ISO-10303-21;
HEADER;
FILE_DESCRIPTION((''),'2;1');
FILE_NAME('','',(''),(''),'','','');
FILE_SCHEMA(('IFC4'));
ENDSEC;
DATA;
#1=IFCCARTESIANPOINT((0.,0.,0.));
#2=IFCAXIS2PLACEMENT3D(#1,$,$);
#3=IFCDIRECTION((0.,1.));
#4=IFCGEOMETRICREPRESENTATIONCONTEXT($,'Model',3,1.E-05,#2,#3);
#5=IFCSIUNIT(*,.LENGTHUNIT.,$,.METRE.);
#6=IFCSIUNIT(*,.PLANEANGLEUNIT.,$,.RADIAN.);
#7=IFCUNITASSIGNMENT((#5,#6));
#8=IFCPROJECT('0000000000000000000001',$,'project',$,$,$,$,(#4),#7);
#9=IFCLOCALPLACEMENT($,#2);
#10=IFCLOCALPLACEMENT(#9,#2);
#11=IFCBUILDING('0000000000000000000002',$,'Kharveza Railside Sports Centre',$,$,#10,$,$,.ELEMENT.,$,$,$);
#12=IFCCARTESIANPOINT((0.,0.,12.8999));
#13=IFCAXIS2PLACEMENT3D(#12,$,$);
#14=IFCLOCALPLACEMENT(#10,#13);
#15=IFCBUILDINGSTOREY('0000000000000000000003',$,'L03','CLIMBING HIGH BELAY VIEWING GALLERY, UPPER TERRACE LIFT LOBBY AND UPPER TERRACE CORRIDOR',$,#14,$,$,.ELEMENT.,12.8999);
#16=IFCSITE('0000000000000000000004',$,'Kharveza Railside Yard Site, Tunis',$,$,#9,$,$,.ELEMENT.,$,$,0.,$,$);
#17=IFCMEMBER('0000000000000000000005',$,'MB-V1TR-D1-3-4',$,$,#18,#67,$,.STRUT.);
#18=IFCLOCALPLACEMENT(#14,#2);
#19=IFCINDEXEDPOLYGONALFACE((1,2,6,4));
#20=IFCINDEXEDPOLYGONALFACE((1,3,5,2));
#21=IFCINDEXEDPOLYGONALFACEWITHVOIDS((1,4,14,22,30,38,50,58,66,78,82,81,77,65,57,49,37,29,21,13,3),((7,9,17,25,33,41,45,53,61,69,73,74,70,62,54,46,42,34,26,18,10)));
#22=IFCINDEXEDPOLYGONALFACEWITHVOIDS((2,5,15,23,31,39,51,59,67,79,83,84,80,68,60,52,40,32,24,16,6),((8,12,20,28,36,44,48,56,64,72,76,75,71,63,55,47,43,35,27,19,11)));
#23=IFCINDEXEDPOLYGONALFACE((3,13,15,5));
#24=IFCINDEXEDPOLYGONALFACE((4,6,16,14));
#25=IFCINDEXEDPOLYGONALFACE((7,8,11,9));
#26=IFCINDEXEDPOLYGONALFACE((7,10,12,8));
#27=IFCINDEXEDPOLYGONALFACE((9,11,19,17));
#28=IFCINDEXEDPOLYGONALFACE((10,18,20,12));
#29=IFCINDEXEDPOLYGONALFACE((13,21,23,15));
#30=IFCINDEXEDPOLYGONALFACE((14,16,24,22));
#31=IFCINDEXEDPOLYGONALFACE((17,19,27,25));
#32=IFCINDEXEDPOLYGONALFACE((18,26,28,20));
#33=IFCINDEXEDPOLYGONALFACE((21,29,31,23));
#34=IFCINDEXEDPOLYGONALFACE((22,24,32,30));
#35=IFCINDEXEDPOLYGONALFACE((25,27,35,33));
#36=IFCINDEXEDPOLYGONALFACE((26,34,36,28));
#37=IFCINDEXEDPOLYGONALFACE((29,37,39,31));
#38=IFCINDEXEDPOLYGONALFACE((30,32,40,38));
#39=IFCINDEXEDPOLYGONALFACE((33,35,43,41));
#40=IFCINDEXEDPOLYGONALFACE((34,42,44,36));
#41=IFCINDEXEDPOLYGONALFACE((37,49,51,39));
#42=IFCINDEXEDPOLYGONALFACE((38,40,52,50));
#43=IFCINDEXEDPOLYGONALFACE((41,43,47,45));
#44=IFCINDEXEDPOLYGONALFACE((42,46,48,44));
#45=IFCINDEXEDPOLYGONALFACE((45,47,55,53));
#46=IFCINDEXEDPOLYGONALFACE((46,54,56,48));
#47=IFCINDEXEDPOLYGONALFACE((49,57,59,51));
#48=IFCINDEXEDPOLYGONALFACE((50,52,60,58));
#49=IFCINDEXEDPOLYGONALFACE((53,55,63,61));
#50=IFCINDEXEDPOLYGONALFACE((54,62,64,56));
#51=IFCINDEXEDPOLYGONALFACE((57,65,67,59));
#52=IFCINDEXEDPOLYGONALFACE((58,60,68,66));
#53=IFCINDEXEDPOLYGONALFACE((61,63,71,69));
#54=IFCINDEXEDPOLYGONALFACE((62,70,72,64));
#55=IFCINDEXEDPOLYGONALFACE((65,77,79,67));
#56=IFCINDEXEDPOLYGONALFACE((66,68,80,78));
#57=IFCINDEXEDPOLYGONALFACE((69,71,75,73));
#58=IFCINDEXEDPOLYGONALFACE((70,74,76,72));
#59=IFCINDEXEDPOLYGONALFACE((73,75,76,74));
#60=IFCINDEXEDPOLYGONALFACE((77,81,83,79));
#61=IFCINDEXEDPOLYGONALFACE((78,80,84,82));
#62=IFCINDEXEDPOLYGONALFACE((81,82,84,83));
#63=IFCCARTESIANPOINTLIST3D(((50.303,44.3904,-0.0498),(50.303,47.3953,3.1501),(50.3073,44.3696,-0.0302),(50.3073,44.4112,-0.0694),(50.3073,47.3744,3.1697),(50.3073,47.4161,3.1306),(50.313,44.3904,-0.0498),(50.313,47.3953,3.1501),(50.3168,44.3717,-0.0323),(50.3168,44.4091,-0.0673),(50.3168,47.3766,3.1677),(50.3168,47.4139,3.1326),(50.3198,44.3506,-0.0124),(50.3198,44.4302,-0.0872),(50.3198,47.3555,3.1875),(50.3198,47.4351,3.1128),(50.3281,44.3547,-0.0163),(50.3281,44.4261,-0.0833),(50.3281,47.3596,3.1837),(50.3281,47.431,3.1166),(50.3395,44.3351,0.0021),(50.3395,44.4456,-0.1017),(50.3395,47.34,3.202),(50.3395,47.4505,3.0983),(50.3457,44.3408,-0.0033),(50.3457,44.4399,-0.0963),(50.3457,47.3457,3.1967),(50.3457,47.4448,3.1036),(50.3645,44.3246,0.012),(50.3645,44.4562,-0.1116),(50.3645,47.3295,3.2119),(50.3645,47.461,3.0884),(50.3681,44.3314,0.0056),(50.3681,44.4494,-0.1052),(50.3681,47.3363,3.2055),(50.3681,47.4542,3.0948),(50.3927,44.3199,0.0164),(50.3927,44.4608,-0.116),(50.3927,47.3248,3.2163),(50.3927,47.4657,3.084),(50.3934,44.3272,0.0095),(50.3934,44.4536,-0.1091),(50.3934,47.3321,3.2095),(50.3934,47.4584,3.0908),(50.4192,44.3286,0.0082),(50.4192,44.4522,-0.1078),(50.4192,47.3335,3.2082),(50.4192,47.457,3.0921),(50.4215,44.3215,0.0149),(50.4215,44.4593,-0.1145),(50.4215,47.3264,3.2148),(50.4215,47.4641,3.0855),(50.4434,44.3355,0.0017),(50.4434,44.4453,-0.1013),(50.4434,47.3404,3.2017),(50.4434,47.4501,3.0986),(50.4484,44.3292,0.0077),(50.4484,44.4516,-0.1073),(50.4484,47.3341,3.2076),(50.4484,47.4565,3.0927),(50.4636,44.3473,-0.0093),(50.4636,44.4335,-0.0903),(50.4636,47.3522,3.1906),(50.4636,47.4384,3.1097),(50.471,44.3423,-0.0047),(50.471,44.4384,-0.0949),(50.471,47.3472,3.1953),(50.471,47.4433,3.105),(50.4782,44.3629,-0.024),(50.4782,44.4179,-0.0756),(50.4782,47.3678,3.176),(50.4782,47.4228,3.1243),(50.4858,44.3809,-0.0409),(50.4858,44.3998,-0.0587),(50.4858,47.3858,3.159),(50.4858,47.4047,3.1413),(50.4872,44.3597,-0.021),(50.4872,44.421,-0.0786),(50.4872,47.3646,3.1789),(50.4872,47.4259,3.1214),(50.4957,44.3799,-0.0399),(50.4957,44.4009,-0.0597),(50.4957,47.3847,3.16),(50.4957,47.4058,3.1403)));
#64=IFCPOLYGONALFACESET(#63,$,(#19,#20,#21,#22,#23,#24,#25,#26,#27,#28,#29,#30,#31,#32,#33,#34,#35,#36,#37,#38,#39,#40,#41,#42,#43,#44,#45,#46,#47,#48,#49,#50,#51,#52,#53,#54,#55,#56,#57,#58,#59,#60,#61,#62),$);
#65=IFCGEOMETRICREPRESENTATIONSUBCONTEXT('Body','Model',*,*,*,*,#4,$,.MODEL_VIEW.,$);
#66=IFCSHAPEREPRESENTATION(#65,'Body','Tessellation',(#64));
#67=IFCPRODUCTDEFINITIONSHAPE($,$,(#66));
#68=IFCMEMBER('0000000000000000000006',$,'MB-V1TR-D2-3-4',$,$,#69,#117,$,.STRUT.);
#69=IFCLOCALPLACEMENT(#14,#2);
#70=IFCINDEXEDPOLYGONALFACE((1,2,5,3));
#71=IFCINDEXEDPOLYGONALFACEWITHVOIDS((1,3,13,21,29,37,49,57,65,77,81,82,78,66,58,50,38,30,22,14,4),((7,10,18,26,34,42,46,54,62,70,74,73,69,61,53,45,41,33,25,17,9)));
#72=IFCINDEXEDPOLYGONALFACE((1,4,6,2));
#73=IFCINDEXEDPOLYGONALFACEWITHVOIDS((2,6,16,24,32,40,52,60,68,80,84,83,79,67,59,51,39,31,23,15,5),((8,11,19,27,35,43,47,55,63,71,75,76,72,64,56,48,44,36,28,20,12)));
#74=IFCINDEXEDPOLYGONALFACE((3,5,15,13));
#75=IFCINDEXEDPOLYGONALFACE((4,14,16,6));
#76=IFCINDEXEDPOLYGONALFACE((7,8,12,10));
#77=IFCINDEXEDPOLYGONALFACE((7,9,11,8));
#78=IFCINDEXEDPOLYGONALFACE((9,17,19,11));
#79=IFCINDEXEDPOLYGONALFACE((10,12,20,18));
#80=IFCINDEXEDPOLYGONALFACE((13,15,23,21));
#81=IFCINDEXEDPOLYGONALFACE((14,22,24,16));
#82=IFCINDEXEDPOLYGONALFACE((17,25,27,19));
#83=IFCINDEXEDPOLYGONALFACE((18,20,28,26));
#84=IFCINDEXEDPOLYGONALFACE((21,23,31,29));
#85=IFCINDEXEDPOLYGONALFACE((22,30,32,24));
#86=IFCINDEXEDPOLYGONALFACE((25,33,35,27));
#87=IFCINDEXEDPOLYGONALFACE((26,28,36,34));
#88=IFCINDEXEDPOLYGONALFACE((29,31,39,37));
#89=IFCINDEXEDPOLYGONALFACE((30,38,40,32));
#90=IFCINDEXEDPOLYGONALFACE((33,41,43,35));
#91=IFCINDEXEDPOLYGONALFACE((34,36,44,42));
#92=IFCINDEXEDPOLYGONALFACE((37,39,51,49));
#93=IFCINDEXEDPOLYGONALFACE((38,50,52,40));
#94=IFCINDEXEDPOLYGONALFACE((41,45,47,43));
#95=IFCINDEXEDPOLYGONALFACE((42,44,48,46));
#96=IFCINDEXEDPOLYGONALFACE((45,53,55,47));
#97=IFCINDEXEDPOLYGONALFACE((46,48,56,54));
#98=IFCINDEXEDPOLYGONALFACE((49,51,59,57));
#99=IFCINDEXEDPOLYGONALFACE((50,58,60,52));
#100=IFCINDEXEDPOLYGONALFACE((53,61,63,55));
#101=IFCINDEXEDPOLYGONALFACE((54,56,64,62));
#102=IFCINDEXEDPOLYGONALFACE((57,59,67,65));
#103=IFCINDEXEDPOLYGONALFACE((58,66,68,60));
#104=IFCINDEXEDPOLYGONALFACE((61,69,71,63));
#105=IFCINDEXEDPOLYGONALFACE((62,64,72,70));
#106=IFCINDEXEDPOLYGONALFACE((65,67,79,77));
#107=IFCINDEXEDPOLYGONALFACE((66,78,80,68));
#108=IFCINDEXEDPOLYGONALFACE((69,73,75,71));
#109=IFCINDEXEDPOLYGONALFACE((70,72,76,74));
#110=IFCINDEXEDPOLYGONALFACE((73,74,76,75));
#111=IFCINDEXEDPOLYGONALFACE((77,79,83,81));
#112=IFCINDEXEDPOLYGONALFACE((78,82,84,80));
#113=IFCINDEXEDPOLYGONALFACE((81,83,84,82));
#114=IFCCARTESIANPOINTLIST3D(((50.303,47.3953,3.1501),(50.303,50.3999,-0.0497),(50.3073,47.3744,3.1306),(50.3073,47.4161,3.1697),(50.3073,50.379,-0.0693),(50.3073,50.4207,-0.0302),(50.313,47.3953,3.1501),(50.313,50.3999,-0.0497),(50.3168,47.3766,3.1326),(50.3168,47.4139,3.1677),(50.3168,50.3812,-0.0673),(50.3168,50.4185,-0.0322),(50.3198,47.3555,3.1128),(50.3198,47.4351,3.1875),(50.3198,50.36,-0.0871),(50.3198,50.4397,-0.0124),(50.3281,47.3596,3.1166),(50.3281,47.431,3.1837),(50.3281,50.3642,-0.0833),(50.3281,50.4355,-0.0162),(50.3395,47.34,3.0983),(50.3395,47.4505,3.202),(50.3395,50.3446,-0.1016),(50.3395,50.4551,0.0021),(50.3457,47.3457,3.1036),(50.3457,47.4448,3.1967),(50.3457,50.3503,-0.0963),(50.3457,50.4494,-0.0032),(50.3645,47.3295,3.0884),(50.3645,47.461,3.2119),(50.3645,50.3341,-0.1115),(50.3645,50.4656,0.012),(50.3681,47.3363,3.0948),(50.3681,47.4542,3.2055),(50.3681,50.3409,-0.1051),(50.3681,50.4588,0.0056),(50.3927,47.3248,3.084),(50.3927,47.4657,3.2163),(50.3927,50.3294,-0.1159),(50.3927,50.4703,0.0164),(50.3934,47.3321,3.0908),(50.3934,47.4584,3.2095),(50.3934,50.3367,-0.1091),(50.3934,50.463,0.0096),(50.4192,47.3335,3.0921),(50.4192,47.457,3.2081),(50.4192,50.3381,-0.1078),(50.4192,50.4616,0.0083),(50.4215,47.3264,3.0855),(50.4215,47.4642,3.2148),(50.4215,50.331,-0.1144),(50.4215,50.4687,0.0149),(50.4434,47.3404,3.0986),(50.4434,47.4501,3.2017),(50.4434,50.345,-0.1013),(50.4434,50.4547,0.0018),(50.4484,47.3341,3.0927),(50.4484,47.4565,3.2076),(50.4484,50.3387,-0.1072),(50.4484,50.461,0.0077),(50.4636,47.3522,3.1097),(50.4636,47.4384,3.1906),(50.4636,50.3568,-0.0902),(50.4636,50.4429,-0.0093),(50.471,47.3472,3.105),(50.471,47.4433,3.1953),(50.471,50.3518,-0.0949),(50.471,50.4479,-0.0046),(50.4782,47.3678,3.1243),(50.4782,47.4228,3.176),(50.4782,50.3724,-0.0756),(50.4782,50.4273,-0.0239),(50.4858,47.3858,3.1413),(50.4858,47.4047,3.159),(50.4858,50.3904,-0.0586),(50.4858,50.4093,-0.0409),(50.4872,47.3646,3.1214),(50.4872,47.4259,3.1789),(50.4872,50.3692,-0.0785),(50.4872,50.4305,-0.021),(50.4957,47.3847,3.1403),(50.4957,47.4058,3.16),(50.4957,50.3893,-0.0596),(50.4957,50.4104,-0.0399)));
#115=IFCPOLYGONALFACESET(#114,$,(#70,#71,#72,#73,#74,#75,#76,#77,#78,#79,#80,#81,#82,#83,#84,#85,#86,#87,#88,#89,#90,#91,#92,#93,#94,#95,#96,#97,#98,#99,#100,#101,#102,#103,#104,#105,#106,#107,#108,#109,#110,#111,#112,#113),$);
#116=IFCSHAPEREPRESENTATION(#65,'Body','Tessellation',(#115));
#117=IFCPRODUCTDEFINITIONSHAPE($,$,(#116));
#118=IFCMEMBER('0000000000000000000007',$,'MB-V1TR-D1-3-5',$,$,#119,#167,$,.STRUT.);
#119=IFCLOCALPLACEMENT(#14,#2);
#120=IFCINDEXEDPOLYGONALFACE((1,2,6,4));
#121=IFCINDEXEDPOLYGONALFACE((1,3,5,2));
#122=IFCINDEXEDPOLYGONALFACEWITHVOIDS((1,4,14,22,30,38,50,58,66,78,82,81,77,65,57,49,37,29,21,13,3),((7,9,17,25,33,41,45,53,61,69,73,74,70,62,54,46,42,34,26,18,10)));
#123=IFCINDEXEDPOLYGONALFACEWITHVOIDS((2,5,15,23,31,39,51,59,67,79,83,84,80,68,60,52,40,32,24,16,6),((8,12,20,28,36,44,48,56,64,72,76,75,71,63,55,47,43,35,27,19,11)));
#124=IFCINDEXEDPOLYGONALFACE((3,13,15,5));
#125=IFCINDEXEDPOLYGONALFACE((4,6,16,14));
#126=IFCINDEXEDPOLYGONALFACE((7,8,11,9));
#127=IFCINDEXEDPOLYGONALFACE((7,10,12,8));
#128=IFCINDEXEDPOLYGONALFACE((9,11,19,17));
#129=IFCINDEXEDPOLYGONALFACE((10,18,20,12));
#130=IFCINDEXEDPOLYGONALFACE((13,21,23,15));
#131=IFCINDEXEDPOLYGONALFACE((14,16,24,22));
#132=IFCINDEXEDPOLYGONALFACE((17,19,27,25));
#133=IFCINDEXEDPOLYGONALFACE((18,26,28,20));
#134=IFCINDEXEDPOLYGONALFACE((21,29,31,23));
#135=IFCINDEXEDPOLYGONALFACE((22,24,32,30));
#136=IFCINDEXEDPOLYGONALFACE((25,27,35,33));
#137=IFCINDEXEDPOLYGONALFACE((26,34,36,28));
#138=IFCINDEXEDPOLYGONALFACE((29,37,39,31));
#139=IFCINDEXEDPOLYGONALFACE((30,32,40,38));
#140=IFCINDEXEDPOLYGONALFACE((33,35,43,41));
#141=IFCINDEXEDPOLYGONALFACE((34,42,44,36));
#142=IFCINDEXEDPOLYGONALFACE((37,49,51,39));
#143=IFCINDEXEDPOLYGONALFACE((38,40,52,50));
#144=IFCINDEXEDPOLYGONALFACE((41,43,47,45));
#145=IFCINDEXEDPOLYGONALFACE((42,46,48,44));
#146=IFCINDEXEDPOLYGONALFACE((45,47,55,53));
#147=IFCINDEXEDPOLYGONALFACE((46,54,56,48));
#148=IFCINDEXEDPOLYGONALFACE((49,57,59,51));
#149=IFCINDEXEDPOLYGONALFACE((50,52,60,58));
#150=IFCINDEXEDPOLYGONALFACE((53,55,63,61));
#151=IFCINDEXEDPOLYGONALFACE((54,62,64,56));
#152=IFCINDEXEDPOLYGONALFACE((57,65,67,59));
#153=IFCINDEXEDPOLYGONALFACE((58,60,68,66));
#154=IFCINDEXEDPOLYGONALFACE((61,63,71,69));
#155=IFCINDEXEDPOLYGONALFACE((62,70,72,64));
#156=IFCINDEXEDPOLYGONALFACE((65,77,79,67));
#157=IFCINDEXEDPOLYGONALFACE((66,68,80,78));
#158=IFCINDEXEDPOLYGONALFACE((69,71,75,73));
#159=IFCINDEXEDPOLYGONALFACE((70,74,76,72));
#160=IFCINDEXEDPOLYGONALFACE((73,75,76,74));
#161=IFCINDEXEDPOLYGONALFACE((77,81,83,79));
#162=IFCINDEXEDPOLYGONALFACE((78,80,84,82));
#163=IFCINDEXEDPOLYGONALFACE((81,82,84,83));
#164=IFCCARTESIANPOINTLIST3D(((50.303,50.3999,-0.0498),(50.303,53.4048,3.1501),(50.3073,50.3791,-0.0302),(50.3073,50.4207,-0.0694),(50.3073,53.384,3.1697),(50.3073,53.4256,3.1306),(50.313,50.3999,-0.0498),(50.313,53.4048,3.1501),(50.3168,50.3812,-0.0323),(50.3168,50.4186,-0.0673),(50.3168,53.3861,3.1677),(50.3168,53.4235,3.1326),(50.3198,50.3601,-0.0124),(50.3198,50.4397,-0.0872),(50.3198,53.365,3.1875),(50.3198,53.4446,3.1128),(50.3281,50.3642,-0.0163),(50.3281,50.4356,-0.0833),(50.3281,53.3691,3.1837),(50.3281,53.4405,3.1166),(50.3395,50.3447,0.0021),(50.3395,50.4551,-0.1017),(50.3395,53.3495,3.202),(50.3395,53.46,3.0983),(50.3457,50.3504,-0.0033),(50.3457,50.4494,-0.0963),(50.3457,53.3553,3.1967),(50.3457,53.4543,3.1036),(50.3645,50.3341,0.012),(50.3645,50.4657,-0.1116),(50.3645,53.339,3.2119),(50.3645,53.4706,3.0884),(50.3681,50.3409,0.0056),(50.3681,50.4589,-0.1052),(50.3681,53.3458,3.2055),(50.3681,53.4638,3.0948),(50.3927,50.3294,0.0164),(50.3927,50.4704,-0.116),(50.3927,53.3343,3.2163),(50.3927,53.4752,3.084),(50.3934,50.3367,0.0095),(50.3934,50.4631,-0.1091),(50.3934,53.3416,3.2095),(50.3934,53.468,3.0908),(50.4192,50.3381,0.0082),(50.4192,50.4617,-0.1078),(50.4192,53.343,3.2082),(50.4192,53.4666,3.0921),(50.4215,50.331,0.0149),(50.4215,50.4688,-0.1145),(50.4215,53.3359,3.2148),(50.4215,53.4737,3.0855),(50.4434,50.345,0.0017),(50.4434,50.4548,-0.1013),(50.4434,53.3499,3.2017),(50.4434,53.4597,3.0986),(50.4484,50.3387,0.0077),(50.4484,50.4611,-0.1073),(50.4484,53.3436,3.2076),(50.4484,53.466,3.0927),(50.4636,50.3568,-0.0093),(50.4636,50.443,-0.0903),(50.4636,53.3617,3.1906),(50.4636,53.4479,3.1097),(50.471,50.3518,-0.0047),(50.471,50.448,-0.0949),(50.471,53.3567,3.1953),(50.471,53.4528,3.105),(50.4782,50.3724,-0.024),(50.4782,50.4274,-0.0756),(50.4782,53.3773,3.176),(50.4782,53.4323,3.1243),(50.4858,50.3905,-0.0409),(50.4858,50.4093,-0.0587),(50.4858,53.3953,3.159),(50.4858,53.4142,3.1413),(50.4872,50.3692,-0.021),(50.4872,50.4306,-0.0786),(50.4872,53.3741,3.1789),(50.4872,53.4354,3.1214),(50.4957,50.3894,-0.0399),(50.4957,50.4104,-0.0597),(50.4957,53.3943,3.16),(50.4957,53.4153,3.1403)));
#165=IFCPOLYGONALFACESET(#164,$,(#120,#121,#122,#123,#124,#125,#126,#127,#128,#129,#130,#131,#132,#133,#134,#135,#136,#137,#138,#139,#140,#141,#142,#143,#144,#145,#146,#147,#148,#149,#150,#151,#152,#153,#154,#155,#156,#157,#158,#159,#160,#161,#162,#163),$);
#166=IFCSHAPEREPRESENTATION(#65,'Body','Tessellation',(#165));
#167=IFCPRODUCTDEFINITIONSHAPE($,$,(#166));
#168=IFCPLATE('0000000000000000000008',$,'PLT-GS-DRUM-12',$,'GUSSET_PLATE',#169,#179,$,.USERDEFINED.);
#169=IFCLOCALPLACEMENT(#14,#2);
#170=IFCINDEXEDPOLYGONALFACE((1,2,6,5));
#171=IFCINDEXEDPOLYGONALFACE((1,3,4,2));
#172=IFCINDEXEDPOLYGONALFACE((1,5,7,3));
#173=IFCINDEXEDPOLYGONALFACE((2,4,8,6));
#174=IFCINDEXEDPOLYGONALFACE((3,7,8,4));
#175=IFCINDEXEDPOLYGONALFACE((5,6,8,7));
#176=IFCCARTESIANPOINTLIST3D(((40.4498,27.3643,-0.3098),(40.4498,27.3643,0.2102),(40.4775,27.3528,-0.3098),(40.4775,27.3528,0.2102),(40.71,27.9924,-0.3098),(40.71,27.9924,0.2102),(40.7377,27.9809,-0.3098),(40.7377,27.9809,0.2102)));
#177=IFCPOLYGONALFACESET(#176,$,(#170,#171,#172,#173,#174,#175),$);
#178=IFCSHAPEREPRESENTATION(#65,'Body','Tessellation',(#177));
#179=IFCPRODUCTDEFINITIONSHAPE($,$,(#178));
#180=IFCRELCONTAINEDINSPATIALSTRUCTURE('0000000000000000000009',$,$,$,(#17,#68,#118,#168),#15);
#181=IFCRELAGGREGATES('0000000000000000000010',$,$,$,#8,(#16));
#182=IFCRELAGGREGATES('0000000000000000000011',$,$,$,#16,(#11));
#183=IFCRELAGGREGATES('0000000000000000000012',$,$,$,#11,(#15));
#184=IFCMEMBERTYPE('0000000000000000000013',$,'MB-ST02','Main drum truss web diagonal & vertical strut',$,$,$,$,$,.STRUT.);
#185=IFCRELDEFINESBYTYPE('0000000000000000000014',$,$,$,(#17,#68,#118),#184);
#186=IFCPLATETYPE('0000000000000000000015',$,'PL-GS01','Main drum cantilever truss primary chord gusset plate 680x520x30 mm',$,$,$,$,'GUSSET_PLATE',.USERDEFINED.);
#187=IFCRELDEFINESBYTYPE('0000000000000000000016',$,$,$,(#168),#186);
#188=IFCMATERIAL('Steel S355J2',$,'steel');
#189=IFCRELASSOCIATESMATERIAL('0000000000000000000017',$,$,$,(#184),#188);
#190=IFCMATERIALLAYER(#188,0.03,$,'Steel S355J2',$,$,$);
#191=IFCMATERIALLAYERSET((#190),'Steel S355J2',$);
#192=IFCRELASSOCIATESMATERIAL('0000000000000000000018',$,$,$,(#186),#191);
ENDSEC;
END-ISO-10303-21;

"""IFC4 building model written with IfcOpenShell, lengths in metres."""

from ifc_helpers import new_model, si_unit, direction, frame, origin, origin_2d, place, context, subcontext, project, spatial, rectangle, hollow_circle, extrude, material, layer, layer_set, material_profile, profile_set, type_object, element, save


model = new_model("IFC4")

# Units and contexts
model_context = context("Model", 3, precision=1e-05, world=origin(), true_north=direction((0.0, 1.0)))
body_context = subcontext(model_context, "Body", "Model", "MODEL_VIEW")
ifc_project = project(units=[si_unit("LENGTHUNIT", "METRE"), si_unit("PLANEANGLEUNIT", "RADIAN")], contexts=[model_context])

# Site, building, storey
site_placement = place(None, origin())
site = spatial("IfcSite", under=ifc_project, at=site_placement, Name="Kharveza Railside Yard Site, Tunis", CompositionType="ELEMENT", RefElevation=0.0)
building_placement = place(site_placement, origin())
building = spatial("IfcBuilding", under=site, at=building_placement, Name="Kharveza Railside Sports Centre", CompositionType="ELEMENT")
storey_placement = place(building_placement, frame((0.0, 0.0, 12.8999)))
storey = spatial("IfcBuildingStorey", under=building, at=storey_placement, Name="L03", Description="CLIMBING HIGH BELAY VIEWING GALLERY, UPPER TERRACE LIFT LOBBY AND UPPER TERRACE CORRIDOR", CompositionType="ELEMENT", Elevation=12.8999)

# Members
ifc_material = material(Name="Steel S355J2", Category="steel")
ifc_material_profile_1 = material_profile(ifc_material, hollow_circle(Radius=0.0969, WallThickness=0.01, at=origin_2d()), Name="CHS 193.7x10.0")
ifc_profile_set_1 = profile_set([ifc_material_profile_1], Name="Steel S355J2")
member_type_1 = type_object("IfcMemberType", Name="MB-ST02", Description="Main drum truss web diagonal & vertical strut", PredefinedType="STRUT", material=ifc_profile_set_1)
for number, where, z_axis, x_axis, name in (
    (1, (50.3999, 44.3904, -0.0498), (0.0, 0.684538, 0.728977), (-1.0, 0.0, 0.0), "MB-V1TR-D1-3-4"),
):
    element("IfcMember", number, at=place(storey_placement, frame(where, z_axis=z_axis, x_axis=x_axis)), inside=storey, type_object=member_type_1, Name=name, PredefinedType="STRUT", context=body_context, shape_type="SweptSolid", body=[
        extrude(hollow_circle(Radius=0.0969, WallThickness=0.01, at=origin_2d()), origin(), (0.0, 0.0, 1.0), 4.3896),
    ])
member_1_placement = place(storey_placement, frame((50.3999, 47.3953, 3.1501), z_axis=(0.0, 0.684509, -0.729004), x_axis=(-1.0, 0.0, 0.0)))
element("IfcMember", 2, at=member_1_placement, inside=storey, type_object=member_type_1, Name="MB-V1TR-D2-3-4", PredefinedType="STRUT", context=body_context, shape_type="SweptSolid", body=[
    extrude(hollow_circle(Radius=0.0969, WallThickness=0.01, at=origin_2d()), origin(), (0.0, 0.0, 1.0), 4.3894),
])
member_2_placement = place(storey_placement, frame((50.3999, 50.3999, -0.0498), z_axis=(0.0, 0.684538, 0.728977), x_axis=(-1.0, 0.0, 0.0)))
element("IfcMember", 3, at=member_2_placement, inside=storey, type_object=member_type_1, Name="MB-V1TR-D1-3-5", PredefinedType="STRUT", context=body_context, shape_type="SweptSolid", body=[
    extrude(hollow_circle(Radius=0.0969, WallThickness=0.01, at=origin_2d()), origin(), (0.0, 0.0, 1.0), 4.3896),
])

# Plate
ifc_layer = layer(ifc_material, 0.03, Name="Steel S355J2")
ifc_layer_set = layer_set([ifc_layer], Name="Steel S355J2")
plate_type = type_object("IfcPlateType", Name="PL-GS01", Description="Main drum cantilever truss primary chord gusset plate 680x520x30 mm", ElementType="GUSSET_PLATE", PredefinedType="USERDEFINED", material=ifc_layer_set)
plate_placement = place(storey_placement, frame((40.5938, 27.6726, -0.3098), z_axis=(0.0, 0.0, 1.0), x_axis=(-0.382683, -0.92388, 0.0)))
element("IfcPlate", 4, at=plate_placement, inside=storey, type_object=plate_type, Name="PLT-GS-DRUM-12", ObjectType="GUSSET_PLATE", PredefinedType="USERDEFINED", context=body_context, shape_type="SweptSolid", body=[
    extrude(rectangle(XDim=0.6799, YDim=0.03, at=origin_2d()), origin(), (0.0, 0.0, 1.0), 0.52),
])

save(model, "model.ifc")
